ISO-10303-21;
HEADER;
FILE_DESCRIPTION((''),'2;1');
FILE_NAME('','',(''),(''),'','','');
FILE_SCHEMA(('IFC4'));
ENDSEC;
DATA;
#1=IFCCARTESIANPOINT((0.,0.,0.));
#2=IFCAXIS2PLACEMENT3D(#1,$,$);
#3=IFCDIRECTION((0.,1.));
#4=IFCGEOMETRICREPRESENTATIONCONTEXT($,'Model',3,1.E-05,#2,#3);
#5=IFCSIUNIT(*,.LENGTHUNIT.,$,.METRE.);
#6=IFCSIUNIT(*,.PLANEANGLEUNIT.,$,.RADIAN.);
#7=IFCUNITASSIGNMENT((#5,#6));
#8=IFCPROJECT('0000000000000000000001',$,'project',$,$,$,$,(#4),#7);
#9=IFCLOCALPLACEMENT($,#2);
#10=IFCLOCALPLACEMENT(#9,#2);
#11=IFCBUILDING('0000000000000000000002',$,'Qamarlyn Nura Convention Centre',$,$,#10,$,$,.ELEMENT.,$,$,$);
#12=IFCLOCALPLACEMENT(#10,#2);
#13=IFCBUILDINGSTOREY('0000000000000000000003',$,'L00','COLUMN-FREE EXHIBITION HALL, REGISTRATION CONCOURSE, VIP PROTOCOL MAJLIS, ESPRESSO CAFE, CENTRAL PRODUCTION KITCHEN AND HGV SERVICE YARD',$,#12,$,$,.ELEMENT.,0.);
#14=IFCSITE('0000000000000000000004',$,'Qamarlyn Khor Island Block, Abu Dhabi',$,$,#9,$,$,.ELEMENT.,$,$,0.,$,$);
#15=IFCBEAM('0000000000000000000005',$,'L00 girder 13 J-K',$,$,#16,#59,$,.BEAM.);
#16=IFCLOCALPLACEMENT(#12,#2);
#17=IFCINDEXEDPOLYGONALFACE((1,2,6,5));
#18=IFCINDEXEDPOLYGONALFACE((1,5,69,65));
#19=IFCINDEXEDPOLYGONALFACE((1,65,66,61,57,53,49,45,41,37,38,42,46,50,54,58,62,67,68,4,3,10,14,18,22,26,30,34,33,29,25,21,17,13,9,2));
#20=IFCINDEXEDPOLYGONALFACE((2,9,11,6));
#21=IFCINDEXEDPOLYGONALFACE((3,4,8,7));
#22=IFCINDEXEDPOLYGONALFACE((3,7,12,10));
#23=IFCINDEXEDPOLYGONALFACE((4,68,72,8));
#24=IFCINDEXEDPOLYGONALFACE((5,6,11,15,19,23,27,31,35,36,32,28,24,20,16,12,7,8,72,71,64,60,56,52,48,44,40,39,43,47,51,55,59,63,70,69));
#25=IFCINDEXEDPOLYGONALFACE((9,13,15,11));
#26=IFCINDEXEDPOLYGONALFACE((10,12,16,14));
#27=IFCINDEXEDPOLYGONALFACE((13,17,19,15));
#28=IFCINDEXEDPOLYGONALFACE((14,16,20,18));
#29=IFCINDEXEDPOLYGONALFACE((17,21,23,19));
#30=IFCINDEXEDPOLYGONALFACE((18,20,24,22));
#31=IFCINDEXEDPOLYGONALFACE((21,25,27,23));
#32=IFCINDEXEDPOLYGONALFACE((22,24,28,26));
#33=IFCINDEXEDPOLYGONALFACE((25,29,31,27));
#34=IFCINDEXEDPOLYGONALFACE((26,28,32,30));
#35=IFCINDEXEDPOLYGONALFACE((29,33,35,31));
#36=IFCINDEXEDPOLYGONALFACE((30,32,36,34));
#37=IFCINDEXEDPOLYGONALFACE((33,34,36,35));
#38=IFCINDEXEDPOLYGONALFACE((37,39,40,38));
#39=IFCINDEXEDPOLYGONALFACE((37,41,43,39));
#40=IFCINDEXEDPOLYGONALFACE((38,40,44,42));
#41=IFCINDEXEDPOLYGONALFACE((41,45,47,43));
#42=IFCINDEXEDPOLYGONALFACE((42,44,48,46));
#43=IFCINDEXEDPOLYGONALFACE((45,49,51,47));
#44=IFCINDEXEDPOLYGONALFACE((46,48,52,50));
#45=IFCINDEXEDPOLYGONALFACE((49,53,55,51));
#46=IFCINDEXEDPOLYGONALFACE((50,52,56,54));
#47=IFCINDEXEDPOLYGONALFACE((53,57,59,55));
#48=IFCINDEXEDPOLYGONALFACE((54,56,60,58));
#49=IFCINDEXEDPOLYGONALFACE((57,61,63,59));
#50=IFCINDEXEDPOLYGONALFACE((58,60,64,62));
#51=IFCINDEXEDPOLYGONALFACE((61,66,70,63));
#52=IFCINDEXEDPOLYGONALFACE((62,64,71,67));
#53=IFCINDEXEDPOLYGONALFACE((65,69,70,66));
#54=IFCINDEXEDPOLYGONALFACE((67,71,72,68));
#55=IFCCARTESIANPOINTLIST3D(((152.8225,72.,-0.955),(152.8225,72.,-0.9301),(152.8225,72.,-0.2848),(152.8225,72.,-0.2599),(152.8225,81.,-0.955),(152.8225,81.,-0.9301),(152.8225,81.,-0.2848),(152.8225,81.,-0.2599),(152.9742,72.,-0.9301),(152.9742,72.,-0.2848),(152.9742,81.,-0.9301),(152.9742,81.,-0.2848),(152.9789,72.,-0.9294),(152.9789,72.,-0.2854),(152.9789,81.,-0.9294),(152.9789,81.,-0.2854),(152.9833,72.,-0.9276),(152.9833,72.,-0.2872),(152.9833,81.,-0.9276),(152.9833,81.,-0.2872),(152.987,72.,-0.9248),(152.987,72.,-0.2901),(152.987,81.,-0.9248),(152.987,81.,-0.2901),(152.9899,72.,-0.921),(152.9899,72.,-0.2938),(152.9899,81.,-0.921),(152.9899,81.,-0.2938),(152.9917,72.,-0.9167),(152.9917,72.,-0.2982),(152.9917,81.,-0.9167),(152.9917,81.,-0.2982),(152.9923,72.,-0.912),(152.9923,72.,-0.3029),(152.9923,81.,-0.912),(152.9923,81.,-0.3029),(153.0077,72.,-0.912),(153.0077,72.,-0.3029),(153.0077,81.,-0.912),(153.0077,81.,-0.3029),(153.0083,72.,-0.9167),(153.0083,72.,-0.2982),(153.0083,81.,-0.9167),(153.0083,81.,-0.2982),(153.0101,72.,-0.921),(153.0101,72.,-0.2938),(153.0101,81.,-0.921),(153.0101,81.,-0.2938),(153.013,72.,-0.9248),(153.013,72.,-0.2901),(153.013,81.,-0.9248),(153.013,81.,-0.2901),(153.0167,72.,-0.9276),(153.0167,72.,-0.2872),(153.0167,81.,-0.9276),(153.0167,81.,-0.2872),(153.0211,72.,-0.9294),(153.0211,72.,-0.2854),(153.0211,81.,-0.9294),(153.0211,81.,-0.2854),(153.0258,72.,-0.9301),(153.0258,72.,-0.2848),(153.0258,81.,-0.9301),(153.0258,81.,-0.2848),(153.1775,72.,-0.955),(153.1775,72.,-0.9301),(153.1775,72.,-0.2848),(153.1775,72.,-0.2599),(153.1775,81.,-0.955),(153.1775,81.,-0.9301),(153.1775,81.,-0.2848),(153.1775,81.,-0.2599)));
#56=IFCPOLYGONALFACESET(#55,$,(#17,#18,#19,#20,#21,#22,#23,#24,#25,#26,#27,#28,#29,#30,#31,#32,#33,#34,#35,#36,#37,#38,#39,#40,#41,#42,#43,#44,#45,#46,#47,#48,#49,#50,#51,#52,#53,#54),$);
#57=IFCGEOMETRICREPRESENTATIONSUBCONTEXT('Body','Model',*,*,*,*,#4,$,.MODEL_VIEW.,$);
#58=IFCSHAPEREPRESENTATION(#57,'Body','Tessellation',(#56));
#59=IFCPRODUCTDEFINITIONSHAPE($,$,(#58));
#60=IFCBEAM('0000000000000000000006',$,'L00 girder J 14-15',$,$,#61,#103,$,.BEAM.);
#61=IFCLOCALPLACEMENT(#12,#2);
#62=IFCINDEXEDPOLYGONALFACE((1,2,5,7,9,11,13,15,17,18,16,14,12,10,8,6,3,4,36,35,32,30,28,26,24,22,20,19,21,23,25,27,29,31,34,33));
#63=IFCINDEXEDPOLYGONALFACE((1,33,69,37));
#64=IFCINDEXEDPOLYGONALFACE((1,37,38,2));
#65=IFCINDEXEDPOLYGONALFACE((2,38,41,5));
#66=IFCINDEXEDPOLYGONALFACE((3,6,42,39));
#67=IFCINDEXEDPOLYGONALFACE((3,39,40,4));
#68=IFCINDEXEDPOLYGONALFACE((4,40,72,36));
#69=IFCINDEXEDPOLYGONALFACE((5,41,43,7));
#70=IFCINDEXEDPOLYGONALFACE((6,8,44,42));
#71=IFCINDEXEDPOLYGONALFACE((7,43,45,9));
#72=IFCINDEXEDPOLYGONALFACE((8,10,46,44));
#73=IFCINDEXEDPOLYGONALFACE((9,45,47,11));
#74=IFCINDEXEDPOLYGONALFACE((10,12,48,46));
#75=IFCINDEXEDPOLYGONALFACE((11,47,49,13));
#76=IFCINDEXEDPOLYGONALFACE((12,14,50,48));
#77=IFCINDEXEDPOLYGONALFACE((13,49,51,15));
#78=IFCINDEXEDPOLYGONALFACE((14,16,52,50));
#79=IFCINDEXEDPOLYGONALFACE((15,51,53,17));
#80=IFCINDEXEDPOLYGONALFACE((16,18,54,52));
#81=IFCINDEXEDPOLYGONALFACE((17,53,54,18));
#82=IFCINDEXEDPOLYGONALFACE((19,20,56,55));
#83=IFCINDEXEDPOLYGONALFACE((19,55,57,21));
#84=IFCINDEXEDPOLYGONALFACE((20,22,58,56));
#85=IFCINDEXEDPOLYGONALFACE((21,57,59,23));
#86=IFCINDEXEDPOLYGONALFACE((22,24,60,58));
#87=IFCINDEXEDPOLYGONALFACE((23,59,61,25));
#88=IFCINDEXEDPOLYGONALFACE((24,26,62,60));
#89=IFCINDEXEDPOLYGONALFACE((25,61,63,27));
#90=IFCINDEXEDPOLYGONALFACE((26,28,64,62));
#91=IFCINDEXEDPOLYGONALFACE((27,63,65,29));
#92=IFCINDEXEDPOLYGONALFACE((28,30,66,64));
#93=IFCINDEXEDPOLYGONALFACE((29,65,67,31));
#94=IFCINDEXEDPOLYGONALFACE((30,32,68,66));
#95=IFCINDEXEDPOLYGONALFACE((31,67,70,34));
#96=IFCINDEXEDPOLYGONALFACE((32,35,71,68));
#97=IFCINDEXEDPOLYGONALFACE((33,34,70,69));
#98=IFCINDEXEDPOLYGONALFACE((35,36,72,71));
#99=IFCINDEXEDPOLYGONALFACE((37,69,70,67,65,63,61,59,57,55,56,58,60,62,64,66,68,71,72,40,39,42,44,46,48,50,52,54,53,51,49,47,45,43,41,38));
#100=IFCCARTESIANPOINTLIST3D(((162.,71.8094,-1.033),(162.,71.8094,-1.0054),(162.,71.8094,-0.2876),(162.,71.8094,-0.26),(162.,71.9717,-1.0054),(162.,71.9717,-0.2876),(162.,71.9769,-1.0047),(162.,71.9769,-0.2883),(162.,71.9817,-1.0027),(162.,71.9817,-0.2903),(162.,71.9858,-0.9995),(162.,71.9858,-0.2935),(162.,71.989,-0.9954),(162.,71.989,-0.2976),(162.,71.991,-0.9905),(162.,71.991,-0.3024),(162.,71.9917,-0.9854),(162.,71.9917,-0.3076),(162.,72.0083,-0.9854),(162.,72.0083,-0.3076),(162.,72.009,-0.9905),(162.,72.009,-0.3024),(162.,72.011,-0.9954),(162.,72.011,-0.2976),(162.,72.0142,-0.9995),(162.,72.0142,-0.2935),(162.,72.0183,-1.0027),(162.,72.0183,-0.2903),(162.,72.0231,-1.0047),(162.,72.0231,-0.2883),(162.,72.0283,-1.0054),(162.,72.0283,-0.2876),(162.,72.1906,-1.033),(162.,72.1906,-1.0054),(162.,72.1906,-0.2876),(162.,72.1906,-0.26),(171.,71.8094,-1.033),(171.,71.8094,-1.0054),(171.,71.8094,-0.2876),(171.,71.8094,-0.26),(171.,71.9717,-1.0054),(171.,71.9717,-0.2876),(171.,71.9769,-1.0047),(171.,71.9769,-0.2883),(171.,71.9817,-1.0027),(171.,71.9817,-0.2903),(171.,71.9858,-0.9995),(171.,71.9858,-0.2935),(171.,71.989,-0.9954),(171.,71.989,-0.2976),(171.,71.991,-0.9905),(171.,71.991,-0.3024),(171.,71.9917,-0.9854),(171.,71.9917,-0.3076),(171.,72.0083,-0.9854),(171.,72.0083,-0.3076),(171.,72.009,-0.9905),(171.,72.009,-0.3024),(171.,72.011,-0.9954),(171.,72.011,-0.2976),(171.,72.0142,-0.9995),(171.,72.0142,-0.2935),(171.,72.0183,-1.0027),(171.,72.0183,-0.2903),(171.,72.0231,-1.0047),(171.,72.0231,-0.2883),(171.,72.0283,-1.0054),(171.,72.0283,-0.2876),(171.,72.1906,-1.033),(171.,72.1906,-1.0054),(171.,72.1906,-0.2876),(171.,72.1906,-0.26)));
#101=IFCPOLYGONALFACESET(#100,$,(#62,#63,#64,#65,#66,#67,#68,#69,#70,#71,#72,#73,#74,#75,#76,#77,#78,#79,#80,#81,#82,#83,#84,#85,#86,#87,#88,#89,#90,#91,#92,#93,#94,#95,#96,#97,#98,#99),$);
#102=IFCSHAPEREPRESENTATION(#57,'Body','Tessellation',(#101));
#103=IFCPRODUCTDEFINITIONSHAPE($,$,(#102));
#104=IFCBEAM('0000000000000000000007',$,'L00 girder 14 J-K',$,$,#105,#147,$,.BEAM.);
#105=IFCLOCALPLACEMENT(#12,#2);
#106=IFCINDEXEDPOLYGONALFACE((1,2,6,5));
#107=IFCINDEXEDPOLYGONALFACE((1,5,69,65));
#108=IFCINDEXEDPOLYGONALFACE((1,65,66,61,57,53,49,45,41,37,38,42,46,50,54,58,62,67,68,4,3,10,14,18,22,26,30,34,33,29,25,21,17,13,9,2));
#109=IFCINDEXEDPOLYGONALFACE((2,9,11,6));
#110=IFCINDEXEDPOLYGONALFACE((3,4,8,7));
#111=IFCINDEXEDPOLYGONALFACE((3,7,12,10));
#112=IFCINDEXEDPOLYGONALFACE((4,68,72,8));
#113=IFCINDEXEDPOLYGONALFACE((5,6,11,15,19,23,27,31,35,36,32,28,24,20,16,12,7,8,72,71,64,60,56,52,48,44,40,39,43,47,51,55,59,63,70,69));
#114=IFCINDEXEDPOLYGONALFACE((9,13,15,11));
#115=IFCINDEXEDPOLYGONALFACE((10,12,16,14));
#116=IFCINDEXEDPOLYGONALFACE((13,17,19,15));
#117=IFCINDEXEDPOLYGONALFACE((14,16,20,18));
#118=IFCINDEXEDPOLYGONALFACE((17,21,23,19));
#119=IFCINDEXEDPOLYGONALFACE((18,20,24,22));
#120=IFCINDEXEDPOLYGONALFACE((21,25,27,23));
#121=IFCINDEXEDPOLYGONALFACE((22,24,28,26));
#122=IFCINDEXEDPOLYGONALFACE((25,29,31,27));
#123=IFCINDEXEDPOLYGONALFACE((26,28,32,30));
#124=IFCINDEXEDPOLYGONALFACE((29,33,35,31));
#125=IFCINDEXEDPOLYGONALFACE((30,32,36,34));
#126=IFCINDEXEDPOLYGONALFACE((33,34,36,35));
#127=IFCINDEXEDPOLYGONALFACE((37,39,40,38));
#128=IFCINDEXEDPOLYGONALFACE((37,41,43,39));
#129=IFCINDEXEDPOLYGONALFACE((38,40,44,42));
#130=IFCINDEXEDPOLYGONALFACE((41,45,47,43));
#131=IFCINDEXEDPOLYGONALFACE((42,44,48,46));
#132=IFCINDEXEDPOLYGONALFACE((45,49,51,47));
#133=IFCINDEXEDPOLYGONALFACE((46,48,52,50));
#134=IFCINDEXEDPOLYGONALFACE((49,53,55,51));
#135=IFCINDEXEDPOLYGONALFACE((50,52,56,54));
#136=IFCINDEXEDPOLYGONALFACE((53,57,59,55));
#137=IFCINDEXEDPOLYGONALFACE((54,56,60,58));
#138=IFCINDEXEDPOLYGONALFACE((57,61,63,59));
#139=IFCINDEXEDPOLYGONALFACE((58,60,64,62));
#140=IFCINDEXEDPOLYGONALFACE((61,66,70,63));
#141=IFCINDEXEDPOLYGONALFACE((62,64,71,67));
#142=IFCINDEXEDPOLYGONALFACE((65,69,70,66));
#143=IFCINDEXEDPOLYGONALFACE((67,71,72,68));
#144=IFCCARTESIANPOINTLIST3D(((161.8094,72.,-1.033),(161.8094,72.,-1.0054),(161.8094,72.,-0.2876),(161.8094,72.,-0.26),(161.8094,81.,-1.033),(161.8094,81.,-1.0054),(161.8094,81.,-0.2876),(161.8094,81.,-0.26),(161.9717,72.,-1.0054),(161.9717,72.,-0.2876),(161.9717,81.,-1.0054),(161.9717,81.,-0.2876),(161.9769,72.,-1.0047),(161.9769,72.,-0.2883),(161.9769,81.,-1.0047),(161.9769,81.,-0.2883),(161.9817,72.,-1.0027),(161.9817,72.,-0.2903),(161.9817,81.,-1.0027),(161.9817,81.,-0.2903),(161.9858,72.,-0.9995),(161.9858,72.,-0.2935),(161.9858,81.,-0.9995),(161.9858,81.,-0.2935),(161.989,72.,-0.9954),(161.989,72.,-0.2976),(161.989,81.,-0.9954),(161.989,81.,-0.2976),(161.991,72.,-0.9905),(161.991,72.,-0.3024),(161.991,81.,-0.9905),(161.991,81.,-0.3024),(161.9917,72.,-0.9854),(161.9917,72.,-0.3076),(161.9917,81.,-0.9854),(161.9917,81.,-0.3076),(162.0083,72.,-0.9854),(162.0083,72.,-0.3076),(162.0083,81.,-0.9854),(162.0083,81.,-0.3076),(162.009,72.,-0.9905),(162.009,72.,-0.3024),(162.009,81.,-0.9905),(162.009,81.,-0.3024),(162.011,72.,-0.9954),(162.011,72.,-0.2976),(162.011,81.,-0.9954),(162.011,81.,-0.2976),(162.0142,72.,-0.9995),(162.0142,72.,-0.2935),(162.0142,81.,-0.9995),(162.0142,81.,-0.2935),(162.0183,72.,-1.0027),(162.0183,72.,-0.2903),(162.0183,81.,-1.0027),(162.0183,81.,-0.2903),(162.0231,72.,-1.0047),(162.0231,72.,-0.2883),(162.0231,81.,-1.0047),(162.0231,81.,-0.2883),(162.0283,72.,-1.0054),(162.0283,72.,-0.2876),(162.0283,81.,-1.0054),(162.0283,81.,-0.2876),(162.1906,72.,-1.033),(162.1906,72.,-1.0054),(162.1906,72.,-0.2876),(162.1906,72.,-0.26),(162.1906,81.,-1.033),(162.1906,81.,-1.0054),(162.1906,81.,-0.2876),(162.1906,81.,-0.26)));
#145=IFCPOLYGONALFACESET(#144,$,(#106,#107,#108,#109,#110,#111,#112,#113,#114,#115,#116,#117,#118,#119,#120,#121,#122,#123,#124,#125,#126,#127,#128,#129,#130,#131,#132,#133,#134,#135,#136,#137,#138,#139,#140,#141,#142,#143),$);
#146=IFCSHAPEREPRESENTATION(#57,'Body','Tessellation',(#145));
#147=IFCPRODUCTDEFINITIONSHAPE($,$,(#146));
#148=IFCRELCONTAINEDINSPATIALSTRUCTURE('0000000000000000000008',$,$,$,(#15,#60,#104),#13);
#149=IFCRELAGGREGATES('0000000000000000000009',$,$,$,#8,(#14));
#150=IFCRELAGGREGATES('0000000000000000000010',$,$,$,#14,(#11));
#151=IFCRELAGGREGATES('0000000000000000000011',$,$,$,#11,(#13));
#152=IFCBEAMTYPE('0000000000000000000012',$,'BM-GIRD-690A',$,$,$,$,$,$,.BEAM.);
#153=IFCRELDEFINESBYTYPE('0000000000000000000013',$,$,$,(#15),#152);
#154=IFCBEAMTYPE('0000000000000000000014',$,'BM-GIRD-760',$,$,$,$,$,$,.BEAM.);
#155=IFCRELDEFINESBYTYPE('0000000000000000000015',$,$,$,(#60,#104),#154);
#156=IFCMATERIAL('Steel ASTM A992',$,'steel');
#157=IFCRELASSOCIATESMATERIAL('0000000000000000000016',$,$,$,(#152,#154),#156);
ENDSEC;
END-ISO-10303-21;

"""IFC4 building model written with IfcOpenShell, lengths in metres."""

from ifc_helpers import new_model, si_unit, direction, frame, origin, origin_2d, place, context, subcontext, project, spatial, i_section, extrude, material, material_profile, profile_set, type_object, element, save


model = new_model("IFC4")

# Units and contexts
model_context = context("Model", 3, precision=1e-05, world=origin(), true_north=direction((0.0, 1.0)))
body_context = subcontext(model_context, "Body", "Model", "MODEL_VIEW")
ifc_project = project(units=[si_unit("LENGTHUNIT", "METRE"), si_unit("PLANEANGLEUNIT", "RADIAN")], contexts=[model_context])

# Site, building, storey
site_placement = place(None, origin())
site = spatial("IfcSite", under=ifc_project, at=site_placement, Name="Qamarlyn Khor Island Block, Abu Dhabi", CompositionType="ELEMENT", RefElevation=0.0)
building_placement = place(site_placement, origin())
building = spatial("IfcBuilding", under=site, at=building_placement, Name="Qamarlyn Nura Convention Centre", CompositionType="ELEMENT")
storey_placement = place(building_placement, origin())
storey = spatial("IfcBuildingStorey", under=building, at=storey_placement, Name="L00", Description="COLUMN-FREE EXHIBITION HALL, REGISTRATION CONCOURSE, VIP PROTOCOL MAJLIS, ESPRESSO CAFE, CENTRAL PRODUCTION KITCHEN AND HGV SERVICE YARD", CompositionType="ELEMENT", Elevation=0.0)

# Shared definitions
ifc_material_1 = material(Name="Steel ASTM A992", Category="steel")

# Beams
ifc_material_profile_1 = material_profile(ifc_material_1, i_section(OverallWidth=0.355, OverallDepth=0.6951, WebThickness=0.0154, FlangeThickness=0.0249, FilletRadius=0.0181, at=origin_2d()), Name="W690X217")
ifc_profile_set_1 = profile_set([ifc_material_profile_1], Name="Steel ASTM A992")
beam_type_1 = type_object("IfcBeamType", Name="BM-GIRD-690A", PredefinedType="BEAM", material=ifc_profile_set_1)
beam_1_placement = place(storey_placement, frame((153.0, 72.0, -0.6074), z_axis=(0.0, 1.0, 0.0), x_axis=(-1.0, 0.0, 0.0)))
element("IfcBeam", 1, at=beam_1_placement, inside=storey, type_object=beam_type_1, Name="L00 girder 13 J-K", PredefinedType="BEAM", context=body_context, shape_type="SweptSolid", body=[
    extrude(i_section(OverallWidth=0.355, OverallDepth=0.6951, WebThickness=0.0154, FlangeThickness=0.0249, FilletRadius=0.0181, at=origin_2d()), origin(), (0.0, 0.0, 1.0), 9.0),
])
ifc_material_profile_2 = material_profile(ifc_material_1, i_section(OverallWidth=0.3811, OverallDepth=0.7729, WebThickness=0.0166, FlangeThickness=0.0276, FilletRadius=0.02, at=origin_2d()), Name="W760X257")
ifc_profile_set_2 = profile_set([ifc_material_profile_2], Name="Steel ASTM A992")
beam_type_2 = type_object("IfcBeamType", Name="BM-GIRD-760", PredefinedType="BEAM", material=ifc_profile_set_2)
for number, where, z_axis, x_axis, name in (
    (2, (162.0, 72.0, -0.6465), (1.0, 0.0, 0.0), (0.0, 1.0, 0.0), "L00 girder J 14-15"),
    (3, (162.0, 72.0, -0.6465), (0.0, 1.0, 0.0), (-1.0, 0.0, 0.0), "L00 girder 14 J-K"),
):
    element("IfcBeam", number, at=place(storey_placement, frame(where, z_axis=z_axis, x_axis=x_axis)), inside=storey, type_object=beam_type_2, Name=name, PredefinedType="BEAM", context=body_context, shape_type="SweptSolid", body=[
        extrude(i_section(OverallWidth=0.3811, OverallDepth=0.7729, WebThickness=0.0166, FlangeThickness=0.0276, FilletRadius=0.02, at=origin_2d()), origin(), (0.0, 0.0, 1.0), 9.0),
    ])

save(model, "model.ifc")
